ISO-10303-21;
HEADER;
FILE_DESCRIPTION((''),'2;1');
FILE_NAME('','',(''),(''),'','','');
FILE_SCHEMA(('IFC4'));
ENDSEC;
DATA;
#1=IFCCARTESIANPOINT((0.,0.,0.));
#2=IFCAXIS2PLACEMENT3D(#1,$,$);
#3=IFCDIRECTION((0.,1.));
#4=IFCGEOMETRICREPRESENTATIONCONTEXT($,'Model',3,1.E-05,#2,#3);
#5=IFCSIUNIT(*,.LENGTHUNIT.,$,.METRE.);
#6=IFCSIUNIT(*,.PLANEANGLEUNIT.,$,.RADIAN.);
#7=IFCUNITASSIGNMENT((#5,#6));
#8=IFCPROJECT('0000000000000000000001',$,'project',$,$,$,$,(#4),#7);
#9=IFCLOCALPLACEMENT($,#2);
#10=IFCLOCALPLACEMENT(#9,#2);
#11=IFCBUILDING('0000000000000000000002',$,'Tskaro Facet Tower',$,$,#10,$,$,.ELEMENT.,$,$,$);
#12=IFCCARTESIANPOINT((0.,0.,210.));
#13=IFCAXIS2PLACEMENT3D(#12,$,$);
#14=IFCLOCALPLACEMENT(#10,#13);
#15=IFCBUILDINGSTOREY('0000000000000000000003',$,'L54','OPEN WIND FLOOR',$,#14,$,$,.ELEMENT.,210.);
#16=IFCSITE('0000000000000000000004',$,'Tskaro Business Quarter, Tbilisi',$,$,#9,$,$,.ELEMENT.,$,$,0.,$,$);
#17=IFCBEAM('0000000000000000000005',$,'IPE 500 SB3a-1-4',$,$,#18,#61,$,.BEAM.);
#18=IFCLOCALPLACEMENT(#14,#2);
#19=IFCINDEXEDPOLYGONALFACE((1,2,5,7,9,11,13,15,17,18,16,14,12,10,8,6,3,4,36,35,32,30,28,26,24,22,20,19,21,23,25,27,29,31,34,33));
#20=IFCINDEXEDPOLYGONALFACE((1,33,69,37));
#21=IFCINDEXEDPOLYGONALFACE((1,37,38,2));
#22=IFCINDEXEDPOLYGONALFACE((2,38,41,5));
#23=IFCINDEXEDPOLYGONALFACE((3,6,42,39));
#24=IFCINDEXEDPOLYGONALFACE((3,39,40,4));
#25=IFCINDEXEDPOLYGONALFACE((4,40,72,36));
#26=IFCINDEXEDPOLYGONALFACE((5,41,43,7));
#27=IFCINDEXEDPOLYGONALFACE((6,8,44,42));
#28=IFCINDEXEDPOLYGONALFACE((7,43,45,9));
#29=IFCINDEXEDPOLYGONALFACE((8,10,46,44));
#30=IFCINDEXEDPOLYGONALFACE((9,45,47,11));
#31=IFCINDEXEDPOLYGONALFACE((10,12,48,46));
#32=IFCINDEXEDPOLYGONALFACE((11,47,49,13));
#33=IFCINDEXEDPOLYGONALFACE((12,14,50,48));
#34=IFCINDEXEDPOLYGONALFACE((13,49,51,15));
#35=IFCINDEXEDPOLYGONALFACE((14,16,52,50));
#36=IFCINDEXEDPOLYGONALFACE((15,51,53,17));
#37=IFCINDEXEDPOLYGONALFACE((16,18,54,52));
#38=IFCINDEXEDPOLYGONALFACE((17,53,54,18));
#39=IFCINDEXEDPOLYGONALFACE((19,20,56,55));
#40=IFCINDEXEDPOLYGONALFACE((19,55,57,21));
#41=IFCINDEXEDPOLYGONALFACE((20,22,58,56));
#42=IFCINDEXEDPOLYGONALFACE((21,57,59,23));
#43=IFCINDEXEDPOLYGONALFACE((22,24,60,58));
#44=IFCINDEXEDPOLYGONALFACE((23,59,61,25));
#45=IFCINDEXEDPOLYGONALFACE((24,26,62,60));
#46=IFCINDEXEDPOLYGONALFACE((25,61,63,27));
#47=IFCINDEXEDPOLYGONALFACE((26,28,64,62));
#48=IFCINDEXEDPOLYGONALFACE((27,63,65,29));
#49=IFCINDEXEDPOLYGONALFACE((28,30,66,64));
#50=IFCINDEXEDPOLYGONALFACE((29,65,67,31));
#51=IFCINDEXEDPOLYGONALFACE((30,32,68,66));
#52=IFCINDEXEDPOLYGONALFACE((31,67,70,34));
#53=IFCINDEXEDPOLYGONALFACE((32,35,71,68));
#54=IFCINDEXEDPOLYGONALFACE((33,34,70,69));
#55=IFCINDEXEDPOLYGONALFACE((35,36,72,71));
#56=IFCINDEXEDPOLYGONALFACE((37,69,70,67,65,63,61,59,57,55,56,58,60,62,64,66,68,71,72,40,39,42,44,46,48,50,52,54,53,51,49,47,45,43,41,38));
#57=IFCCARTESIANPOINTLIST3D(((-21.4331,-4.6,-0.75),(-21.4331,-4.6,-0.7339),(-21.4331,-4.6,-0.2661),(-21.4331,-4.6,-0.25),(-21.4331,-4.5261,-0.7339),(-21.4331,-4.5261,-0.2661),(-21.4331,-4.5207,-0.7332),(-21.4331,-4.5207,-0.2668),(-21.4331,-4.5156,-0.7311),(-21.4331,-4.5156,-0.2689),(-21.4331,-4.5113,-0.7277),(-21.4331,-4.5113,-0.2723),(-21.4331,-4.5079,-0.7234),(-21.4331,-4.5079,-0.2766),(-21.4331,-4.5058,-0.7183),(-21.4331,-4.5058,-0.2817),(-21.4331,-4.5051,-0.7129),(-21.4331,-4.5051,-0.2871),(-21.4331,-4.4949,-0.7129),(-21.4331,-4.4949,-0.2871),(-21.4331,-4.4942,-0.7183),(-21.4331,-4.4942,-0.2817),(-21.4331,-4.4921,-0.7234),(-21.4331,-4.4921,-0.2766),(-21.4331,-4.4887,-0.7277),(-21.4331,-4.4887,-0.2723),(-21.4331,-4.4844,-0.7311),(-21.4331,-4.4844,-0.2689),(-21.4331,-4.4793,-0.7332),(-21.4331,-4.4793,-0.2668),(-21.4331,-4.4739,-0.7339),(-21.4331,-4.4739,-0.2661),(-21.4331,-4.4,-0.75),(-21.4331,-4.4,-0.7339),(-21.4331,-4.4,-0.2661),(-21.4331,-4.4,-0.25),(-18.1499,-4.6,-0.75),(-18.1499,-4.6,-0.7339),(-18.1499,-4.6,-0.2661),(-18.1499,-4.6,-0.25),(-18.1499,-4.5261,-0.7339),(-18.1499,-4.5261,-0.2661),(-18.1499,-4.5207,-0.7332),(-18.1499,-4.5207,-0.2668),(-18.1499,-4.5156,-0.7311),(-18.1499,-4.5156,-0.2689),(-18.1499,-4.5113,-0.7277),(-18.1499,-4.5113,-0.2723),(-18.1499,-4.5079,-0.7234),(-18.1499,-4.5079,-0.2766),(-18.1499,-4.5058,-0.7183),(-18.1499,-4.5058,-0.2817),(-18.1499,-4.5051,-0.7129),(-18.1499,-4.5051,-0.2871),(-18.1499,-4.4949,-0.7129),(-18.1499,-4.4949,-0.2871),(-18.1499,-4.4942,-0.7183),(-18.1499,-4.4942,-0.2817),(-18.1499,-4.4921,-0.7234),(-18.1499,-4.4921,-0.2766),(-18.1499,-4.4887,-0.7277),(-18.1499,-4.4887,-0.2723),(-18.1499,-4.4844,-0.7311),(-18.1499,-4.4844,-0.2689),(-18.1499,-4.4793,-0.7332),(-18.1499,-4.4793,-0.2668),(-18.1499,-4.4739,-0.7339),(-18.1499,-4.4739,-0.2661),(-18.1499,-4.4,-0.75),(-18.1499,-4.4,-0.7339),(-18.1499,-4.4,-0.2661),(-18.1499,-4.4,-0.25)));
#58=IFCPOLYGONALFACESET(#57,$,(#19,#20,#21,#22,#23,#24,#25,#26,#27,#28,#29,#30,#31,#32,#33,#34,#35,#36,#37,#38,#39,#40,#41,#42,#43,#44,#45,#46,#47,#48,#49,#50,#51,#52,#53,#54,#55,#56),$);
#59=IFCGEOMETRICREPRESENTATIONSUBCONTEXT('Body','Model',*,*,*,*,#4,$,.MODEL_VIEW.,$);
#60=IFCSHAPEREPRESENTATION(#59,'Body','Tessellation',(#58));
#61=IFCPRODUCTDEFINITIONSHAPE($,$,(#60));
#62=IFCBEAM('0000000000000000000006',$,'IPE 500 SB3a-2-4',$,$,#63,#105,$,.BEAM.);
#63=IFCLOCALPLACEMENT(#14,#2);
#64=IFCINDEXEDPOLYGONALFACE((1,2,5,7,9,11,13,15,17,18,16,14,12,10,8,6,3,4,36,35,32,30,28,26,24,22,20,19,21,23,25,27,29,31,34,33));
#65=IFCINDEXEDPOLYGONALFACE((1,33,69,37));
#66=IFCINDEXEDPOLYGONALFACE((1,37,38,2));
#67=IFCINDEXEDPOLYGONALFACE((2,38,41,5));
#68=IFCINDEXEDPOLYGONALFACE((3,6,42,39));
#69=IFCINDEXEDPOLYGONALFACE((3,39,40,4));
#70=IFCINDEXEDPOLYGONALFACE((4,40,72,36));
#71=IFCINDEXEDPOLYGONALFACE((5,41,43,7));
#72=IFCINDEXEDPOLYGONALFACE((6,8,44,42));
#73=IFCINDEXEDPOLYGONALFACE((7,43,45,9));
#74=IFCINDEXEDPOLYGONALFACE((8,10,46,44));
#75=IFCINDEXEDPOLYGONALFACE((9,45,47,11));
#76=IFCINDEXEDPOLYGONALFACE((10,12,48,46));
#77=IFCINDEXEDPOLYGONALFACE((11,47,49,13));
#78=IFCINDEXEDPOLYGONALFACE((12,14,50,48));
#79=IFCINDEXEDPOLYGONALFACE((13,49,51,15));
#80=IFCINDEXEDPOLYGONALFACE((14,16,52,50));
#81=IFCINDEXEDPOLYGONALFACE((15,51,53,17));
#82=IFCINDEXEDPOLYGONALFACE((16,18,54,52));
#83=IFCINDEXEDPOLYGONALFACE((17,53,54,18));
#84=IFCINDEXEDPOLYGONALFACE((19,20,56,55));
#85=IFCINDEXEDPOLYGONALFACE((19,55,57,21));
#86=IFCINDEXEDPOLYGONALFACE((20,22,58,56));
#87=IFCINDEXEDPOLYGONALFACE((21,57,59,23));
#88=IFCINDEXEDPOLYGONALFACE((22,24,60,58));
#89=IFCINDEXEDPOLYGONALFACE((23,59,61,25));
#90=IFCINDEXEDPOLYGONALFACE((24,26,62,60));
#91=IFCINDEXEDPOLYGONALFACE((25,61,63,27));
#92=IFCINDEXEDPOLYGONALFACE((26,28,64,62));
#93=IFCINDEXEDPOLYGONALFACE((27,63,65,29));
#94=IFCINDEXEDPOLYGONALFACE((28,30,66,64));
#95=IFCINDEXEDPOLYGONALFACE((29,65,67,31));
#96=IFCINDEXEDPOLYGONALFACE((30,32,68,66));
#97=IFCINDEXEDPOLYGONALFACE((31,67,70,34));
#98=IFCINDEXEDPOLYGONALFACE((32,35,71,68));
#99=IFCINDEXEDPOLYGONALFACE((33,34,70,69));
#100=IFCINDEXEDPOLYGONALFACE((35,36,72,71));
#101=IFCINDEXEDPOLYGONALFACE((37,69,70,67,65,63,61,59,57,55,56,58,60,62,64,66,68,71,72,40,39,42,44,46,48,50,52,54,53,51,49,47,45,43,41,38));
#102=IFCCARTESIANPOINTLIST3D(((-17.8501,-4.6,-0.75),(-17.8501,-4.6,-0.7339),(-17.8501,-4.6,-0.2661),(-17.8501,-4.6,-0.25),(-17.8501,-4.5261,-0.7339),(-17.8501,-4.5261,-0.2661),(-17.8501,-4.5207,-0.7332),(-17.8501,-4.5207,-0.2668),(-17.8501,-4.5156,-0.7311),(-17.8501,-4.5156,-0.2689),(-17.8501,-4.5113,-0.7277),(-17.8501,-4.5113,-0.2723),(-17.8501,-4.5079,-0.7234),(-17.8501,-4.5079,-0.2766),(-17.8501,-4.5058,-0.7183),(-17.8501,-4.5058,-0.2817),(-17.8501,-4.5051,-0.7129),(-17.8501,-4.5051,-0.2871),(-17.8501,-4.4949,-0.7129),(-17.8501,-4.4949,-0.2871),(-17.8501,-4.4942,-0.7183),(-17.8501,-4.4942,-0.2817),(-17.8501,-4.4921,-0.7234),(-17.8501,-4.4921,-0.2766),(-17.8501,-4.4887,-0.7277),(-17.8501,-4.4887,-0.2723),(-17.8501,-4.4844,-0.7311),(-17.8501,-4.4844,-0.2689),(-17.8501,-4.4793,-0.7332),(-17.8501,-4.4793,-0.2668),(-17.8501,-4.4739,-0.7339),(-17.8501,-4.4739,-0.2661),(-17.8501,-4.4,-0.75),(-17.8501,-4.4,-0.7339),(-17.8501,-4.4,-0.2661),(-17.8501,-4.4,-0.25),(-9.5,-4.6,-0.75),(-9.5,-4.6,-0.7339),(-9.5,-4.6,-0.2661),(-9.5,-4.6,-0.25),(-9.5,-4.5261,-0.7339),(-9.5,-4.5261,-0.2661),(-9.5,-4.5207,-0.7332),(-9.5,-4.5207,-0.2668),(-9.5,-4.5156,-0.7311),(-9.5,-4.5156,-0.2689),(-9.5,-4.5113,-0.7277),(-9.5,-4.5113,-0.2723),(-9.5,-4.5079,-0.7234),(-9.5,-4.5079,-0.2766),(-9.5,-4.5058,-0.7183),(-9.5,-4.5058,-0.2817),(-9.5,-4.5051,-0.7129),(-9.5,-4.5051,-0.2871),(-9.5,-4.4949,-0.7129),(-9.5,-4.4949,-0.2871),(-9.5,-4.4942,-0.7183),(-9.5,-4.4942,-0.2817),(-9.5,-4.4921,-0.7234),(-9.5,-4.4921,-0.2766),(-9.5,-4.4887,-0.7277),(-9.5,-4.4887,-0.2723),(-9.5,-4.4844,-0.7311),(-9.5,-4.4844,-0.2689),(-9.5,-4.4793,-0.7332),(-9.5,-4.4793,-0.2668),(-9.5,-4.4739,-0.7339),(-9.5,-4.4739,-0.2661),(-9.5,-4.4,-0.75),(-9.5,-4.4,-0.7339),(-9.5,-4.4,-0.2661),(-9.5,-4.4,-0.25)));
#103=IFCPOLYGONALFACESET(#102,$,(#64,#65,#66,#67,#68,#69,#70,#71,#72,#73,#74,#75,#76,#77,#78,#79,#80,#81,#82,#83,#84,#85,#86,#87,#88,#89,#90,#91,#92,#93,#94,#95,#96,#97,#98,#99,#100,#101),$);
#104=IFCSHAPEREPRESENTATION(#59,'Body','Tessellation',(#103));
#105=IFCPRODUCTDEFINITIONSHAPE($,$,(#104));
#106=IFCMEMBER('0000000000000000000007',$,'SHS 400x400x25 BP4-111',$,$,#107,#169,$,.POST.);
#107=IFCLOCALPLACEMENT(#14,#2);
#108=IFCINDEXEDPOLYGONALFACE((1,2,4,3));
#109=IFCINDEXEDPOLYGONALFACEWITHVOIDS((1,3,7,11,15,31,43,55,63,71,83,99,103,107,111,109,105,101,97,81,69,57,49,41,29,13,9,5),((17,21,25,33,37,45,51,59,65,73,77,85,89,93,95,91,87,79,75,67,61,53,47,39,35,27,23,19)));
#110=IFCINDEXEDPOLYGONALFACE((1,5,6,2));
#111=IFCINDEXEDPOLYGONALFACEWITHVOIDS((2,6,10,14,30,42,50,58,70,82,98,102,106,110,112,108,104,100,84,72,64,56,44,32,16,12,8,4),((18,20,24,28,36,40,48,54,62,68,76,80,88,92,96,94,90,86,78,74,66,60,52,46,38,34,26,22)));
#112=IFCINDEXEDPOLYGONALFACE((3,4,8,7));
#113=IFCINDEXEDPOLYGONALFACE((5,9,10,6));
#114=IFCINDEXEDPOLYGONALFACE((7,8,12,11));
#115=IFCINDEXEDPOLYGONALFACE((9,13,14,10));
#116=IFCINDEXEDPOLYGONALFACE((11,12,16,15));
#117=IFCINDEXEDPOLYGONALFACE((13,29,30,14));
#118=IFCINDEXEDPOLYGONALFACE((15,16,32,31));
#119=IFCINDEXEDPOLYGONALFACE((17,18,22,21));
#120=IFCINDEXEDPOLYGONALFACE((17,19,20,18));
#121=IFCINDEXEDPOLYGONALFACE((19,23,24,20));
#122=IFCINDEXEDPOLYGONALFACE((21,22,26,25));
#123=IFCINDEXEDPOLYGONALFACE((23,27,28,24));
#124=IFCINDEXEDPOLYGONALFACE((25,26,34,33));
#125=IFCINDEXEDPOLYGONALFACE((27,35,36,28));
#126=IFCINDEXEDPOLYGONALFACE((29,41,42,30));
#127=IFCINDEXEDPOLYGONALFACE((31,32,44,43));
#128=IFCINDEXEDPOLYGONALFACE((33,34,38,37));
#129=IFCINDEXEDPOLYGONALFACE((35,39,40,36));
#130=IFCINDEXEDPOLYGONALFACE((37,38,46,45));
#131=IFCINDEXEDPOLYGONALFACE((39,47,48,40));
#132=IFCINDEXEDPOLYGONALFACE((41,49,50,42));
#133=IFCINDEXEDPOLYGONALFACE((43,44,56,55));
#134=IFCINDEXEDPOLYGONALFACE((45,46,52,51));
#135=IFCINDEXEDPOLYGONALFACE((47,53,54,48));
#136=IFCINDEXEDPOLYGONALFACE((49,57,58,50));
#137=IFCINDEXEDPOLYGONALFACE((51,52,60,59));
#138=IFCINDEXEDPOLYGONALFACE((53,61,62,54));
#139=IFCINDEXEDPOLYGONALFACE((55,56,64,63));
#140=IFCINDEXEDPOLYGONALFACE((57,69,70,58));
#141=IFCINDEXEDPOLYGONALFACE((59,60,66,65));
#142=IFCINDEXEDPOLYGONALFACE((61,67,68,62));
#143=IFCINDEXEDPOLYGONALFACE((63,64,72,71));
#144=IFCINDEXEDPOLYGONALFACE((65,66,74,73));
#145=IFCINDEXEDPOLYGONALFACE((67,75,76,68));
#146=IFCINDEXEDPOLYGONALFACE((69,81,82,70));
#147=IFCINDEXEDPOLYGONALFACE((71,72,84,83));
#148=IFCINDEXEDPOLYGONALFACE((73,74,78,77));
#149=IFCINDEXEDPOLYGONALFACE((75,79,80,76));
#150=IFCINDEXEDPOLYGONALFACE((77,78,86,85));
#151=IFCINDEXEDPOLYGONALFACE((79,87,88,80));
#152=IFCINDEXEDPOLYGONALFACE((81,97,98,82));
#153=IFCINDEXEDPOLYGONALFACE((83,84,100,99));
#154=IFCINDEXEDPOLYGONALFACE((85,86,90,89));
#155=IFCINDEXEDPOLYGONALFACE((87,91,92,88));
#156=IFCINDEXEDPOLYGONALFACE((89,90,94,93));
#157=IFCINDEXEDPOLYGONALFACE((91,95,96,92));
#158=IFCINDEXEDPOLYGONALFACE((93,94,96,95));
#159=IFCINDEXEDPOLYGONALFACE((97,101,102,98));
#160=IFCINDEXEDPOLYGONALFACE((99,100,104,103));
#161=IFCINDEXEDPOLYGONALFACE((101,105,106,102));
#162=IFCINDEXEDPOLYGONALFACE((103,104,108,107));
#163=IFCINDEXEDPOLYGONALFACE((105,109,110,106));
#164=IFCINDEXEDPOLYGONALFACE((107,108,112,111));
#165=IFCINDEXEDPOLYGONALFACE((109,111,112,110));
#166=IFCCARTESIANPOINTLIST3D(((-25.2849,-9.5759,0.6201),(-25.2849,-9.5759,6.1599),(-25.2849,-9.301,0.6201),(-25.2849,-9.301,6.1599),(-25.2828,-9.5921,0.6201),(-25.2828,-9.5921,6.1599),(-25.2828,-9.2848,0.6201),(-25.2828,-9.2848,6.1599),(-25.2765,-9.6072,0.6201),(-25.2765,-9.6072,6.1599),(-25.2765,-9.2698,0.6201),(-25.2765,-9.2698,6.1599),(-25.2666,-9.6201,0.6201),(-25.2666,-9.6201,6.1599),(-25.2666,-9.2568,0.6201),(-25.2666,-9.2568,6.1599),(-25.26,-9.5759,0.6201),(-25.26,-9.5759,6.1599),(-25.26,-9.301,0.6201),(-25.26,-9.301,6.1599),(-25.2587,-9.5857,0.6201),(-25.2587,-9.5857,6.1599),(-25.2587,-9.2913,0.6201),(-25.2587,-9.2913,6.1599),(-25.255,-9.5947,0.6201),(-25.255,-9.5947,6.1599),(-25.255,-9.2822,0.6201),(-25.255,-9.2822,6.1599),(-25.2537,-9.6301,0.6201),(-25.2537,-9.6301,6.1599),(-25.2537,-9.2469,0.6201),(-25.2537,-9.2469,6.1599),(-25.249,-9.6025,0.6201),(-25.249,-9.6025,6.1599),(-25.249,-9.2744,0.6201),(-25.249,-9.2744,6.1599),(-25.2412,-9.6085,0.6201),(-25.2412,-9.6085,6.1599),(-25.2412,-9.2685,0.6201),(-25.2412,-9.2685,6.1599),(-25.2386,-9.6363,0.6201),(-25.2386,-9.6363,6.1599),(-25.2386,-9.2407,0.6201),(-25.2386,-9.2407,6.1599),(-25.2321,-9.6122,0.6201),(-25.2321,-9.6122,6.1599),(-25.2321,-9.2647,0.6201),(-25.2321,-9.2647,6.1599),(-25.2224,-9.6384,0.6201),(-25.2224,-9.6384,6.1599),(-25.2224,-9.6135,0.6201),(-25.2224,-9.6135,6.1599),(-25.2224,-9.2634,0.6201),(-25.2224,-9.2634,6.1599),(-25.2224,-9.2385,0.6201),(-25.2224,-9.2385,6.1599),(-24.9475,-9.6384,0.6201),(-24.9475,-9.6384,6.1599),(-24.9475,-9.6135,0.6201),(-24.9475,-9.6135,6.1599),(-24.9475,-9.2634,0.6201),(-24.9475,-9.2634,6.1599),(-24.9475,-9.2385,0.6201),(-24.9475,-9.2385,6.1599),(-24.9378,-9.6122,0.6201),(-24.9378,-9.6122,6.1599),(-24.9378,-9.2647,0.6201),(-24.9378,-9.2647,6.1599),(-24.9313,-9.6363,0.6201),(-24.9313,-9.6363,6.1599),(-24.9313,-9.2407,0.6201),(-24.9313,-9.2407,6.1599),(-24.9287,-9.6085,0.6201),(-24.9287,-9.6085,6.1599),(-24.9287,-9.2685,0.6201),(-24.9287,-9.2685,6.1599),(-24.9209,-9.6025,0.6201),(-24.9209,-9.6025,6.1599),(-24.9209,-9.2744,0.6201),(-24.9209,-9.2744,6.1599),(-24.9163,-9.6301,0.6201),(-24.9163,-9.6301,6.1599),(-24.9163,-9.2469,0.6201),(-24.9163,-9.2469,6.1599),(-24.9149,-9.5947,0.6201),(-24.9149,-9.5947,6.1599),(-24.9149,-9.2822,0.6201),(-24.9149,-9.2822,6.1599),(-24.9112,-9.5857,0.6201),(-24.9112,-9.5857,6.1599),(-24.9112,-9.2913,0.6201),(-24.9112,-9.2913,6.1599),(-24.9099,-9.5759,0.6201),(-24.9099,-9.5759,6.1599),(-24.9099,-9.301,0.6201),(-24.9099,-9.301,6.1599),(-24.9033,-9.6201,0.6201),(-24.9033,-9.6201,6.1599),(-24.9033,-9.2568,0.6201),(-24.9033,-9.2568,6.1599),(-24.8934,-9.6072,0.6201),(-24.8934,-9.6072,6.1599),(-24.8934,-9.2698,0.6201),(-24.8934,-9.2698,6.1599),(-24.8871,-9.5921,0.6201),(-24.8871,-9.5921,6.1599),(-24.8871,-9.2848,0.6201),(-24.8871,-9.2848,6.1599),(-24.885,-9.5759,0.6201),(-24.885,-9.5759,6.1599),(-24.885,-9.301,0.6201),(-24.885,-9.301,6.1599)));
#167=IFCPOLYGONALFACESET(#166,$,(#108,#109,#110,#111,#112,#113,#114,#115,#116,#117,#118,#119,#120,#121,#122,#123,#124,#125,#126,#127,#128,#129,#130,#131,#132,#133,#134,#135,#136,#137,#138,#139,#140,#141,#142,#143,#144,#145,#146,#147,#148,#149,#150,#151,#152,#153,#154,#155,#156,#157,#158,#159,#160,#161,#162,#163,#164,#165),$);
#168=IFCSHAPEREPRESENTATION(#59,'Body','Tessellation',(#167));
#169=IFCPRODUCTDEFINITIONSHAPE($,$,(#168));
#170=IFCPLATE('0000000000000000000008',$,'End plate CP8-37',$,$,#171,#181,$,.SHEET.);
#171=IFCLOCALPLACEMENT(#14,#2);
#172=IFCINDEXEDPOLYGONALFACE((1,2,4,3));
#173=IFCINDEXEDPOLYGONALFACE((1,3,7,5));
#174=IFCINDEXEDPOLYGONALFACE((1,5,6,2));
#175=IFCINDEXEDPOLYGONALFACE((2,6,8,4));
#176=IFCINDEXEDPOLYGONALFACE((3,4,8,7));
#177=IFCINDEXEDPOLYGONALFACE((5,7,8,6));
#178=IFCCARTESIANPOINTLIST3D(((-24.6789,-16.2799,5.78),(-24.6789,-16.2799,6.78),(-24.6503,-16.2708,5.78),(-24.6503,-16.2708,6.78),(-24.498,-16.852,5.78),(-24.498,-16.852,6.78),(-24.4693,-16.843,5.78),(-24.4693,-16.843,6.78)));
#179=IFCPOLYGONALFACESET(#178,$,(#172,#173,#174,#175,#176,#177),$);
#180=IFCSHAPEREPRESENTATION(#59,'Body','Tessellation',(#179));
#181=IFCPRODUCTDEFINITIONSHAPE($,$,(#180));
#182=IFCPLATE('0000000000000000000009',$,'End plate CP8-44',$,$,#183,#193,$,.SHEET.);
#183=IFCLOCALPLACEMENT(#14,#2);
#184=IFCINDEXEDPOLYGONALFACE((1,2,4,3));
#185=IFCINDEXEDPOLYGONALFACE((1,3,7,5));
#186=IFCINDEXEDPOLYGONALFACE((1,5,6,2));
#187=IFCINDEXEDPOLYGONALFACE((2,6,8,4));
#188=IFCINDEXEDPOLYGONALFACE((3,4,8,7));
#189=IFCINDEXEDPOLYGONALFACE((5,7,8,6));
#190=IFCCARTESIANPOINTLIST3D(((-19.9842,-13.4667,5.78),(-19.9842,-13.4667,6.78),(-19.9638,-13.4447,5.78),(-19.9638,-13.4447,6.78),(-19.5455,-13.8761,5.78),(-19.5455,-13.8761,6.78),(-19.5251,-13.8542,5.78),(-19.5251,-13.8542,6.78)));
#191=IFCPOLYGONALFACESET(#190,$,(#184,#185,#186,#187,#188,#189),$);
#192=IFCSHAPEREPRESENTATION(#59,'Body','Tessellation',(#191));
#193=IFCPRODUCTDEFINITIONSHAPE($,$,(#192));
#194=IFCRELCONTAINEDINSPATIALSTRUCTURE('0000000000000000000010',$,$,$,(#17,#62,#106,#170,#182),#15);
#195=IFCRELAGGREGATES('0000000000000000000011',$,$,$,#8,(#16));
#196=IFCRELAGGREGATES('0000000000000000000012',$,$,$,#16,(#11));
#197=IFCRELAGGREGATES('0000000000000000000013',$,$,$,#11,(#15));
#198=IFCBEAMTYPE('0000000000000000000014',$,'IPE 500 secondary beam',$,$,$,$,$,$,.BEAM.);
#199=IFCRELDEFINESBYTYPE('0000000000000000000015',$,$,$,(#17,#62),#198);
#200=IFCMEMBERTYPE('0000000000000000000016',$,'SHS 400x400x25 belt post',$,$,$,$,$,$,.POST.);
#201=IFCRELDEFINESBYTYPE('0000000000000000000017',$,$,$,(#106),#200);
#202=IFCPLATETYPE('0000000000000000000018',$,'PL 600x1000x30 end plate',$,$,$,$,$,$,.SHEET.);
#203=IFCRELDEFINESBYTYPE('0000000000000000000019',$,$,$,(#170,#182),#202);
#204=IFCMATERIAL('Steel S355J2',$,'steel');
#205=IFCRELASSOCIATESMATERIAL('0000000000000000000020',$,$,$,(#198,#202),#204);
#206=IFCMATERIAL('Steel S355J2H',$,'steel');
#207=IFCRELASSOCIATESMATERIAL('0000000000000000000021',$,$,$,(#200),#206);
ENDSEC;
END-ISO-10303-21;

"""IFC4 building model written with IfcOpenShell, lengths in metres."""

from ifc_helpers import new_model, si_unit, direction, frame, origin, origin_2d, place, context, subcontext, project, spatial, rectangle, hollow_rectangle, i_section, extrude, material, material_profile, profile_set, type_object, element, save


model = new_model("IFC4")

# Units and contexts
model_context = context("Model", 3, precision=1e-05, world=origin(), true_north=direction((0.0, 1.0)))
body_context = subcontext(model_context, "Body", "Model", "MODEL_VIEW")
ifc_project = project(units=[si_unit("LENGTHUNIT", "METRE"), si_unit("PLANEANGLEUNIT", "RADIAN")], contexts=[model_context])

# Site, building, storey
site_placement = place(None, origin())
site = spatial("IfcSite", under=ifc_project, at=site_placement, Name="Tskaro Business Quarter, Tbilisi", CompositionType="ELEMENT", RefElevation=0.0)
building_placement = place(site_placement, origin())
building = spatial("IfcBuilding", under=site, at=building_placement, Name="Tskaro Facet Tower", CompositionType="ELEMENT")
storey_placement = place(building_placement, frame((0.0, 0.0, 210.0)))
storey = spatial("IfcBuildingStorey", under=building, at=storey_placement, Name="L54", Description="OPEN WIND FLOOR", CompositionType="ELEMENT", Elevation=210.0)

# Shared definitions
ifc_material_1 = material(Name="Steel S355J2H", Category="steel")

# Shared definitions
ifc_material_2 = material(Name="Steel S355J2", Category="steel")

# Beams
ifc_material_profile_1 = material_profile(ifc_material_2, i_section(OverallWidth=0.2, OverallDepth=0.5, WebThickness=0.0103, FlangeThickness=0.0161, FilletRadius=0.021, at=origin_2d()), Name="IPE 500")
ifc_profile_set_1 = profile_set([ifc_material_profile_1], Name="Steel S355J2")
beam_type_1 = type_object("IfcBeamType", Name="IPE 500 secondary beam", PredefinedType="BEAM", material=ifc_profile_set_1)
beam_1_placement = place(storey_placement, frame((-21.4331, -4.5, -0.5), z_axis=(1.0, 0.0, 0.0), x_axis=(0.0, 1.0, 0.0)))
element("IfcBeam", 1, at=beam_1_placement, inside=storey, type_object=beam_type_1, Name="IPE 500 SB3a-1-4", PredefinedType="BEAM", context=body_context, shape_type="SweptSolid", body=[
    extrude(i_section(OverallWidth=0.2, OverallDepth=0.5, WebThickness=0.0103, FlangeThickness=0.0161, FilletRadius=0.021, at=origin_2d()), origin(), (0.0, 0.0, 1.0), 3.2832),
])
beam_2_placement = place(storey_placement, frame((-17.8501, -4.5, -0.5), z_axis=(1.0, 0.0, 0.0), x_axis=(0.0, 1.0, 0.0)))
element("IfcBeam", 2, at=beam_2_placement, inside=storey, type_object=beam_type_1, Name="IPE 500 SB3a-2-4", PredefinedType="BEAM", context=body_context, shape_type="SweptSolid", body=[
    extrude(i_section(OverallWidth=0.2, OverallDepth=0.5, WebThickness=0.0103, FlangeThickness=0.0161, FilletRadius=0.021, at=origin_2d()), origin(), (0.0, 0.0, 1.0), 8.3501),
])

# Member
ifc_material_profile_2 = material_profile(ifc_material_1, hollow_rectangle(XDim=0.3999, YDim=0.3999, WallThickness=0.0249, InnerFilletRadius=0.0376, OuterFilletRadius=0.0625, at=origin_2d()), Name="SHS 400x400x25")
ifc_profile_set_2 = profile_set([ifc_material_profile_2], Name="Steel S355J2H")
member_type_1 = type_object("IfcMemberType", Name="SHS 400x400x25 belt post", PredefinedType="POST", material=ifc_profile_set_2)
member_1_placement = place(storey_placement, frame((-25.085, -9.4385, 0.6201), z_axis=(0.0, 0.0, 1.0), x_axis=(1.0, 0.0, 0.0)))
element("IfcMember", 3, at=member_1_placement, inside=storey, type_object=member_type_1, Name="SHS 400x400x25 BP4-111", PredefinedType="POST", context=body_context, shape_type="SweptSolid", body=[
    extrude(hollow_rectangle(XDim=0.3999, YDim=0.3999, WallThickness=0.0249, InnerFilletRadius=0.0376, OuterFilletRadius=0.0625, at=origin_2d()), origin(), (0.0, 0.0, 1.0), 5.5398),
])

# Plates
ifc_material_profile_3 = material_profile(ifc_material_2, rectangle(XDim=0.6001, YDim=1.0, at=origin_2d()), Name="PL 600x1000x30 end plate")
ifc_profile_set_3 = profile_set([ifc_material_profile_3], Name="Steel S355J2")
plate_type = type_object("IfcPlateType", Name="PL 600x1000x30 end plate", PredefinedType="SHEET", material=ifc_profile_set_3)
for number, where, z_axis, x_axis, name in (
    (4, (-24.5598, -16.5569, 6.28), (-0.953459, -0.301521, 0.0), (0.301521, -0.953459, 0.0), "End plate CP8-37"),
    (5, (-19.7649, -13.6714, 6.28), (0.682318, 0.731055, 0.0), (-0.731055, 0.682318, 0.0), "End plate CP8-44"),
):
    element("IfcPlate", number, at=place(storey_placement, frame(where, z_axis=z_axis, x_axis=x_axis)), inside=storey, type_object=plate_type, Name=name, PredefinedType="SHEET", context=body_context, shape_type="SweptSolid", body=[
        extrude(rectangle(XDim=0.6001, YDim=1.0, at=origin_2d()), origin(), (0.0, 0.0, 1.0), 0.03),
    ])

save(model, "model.ifc")
